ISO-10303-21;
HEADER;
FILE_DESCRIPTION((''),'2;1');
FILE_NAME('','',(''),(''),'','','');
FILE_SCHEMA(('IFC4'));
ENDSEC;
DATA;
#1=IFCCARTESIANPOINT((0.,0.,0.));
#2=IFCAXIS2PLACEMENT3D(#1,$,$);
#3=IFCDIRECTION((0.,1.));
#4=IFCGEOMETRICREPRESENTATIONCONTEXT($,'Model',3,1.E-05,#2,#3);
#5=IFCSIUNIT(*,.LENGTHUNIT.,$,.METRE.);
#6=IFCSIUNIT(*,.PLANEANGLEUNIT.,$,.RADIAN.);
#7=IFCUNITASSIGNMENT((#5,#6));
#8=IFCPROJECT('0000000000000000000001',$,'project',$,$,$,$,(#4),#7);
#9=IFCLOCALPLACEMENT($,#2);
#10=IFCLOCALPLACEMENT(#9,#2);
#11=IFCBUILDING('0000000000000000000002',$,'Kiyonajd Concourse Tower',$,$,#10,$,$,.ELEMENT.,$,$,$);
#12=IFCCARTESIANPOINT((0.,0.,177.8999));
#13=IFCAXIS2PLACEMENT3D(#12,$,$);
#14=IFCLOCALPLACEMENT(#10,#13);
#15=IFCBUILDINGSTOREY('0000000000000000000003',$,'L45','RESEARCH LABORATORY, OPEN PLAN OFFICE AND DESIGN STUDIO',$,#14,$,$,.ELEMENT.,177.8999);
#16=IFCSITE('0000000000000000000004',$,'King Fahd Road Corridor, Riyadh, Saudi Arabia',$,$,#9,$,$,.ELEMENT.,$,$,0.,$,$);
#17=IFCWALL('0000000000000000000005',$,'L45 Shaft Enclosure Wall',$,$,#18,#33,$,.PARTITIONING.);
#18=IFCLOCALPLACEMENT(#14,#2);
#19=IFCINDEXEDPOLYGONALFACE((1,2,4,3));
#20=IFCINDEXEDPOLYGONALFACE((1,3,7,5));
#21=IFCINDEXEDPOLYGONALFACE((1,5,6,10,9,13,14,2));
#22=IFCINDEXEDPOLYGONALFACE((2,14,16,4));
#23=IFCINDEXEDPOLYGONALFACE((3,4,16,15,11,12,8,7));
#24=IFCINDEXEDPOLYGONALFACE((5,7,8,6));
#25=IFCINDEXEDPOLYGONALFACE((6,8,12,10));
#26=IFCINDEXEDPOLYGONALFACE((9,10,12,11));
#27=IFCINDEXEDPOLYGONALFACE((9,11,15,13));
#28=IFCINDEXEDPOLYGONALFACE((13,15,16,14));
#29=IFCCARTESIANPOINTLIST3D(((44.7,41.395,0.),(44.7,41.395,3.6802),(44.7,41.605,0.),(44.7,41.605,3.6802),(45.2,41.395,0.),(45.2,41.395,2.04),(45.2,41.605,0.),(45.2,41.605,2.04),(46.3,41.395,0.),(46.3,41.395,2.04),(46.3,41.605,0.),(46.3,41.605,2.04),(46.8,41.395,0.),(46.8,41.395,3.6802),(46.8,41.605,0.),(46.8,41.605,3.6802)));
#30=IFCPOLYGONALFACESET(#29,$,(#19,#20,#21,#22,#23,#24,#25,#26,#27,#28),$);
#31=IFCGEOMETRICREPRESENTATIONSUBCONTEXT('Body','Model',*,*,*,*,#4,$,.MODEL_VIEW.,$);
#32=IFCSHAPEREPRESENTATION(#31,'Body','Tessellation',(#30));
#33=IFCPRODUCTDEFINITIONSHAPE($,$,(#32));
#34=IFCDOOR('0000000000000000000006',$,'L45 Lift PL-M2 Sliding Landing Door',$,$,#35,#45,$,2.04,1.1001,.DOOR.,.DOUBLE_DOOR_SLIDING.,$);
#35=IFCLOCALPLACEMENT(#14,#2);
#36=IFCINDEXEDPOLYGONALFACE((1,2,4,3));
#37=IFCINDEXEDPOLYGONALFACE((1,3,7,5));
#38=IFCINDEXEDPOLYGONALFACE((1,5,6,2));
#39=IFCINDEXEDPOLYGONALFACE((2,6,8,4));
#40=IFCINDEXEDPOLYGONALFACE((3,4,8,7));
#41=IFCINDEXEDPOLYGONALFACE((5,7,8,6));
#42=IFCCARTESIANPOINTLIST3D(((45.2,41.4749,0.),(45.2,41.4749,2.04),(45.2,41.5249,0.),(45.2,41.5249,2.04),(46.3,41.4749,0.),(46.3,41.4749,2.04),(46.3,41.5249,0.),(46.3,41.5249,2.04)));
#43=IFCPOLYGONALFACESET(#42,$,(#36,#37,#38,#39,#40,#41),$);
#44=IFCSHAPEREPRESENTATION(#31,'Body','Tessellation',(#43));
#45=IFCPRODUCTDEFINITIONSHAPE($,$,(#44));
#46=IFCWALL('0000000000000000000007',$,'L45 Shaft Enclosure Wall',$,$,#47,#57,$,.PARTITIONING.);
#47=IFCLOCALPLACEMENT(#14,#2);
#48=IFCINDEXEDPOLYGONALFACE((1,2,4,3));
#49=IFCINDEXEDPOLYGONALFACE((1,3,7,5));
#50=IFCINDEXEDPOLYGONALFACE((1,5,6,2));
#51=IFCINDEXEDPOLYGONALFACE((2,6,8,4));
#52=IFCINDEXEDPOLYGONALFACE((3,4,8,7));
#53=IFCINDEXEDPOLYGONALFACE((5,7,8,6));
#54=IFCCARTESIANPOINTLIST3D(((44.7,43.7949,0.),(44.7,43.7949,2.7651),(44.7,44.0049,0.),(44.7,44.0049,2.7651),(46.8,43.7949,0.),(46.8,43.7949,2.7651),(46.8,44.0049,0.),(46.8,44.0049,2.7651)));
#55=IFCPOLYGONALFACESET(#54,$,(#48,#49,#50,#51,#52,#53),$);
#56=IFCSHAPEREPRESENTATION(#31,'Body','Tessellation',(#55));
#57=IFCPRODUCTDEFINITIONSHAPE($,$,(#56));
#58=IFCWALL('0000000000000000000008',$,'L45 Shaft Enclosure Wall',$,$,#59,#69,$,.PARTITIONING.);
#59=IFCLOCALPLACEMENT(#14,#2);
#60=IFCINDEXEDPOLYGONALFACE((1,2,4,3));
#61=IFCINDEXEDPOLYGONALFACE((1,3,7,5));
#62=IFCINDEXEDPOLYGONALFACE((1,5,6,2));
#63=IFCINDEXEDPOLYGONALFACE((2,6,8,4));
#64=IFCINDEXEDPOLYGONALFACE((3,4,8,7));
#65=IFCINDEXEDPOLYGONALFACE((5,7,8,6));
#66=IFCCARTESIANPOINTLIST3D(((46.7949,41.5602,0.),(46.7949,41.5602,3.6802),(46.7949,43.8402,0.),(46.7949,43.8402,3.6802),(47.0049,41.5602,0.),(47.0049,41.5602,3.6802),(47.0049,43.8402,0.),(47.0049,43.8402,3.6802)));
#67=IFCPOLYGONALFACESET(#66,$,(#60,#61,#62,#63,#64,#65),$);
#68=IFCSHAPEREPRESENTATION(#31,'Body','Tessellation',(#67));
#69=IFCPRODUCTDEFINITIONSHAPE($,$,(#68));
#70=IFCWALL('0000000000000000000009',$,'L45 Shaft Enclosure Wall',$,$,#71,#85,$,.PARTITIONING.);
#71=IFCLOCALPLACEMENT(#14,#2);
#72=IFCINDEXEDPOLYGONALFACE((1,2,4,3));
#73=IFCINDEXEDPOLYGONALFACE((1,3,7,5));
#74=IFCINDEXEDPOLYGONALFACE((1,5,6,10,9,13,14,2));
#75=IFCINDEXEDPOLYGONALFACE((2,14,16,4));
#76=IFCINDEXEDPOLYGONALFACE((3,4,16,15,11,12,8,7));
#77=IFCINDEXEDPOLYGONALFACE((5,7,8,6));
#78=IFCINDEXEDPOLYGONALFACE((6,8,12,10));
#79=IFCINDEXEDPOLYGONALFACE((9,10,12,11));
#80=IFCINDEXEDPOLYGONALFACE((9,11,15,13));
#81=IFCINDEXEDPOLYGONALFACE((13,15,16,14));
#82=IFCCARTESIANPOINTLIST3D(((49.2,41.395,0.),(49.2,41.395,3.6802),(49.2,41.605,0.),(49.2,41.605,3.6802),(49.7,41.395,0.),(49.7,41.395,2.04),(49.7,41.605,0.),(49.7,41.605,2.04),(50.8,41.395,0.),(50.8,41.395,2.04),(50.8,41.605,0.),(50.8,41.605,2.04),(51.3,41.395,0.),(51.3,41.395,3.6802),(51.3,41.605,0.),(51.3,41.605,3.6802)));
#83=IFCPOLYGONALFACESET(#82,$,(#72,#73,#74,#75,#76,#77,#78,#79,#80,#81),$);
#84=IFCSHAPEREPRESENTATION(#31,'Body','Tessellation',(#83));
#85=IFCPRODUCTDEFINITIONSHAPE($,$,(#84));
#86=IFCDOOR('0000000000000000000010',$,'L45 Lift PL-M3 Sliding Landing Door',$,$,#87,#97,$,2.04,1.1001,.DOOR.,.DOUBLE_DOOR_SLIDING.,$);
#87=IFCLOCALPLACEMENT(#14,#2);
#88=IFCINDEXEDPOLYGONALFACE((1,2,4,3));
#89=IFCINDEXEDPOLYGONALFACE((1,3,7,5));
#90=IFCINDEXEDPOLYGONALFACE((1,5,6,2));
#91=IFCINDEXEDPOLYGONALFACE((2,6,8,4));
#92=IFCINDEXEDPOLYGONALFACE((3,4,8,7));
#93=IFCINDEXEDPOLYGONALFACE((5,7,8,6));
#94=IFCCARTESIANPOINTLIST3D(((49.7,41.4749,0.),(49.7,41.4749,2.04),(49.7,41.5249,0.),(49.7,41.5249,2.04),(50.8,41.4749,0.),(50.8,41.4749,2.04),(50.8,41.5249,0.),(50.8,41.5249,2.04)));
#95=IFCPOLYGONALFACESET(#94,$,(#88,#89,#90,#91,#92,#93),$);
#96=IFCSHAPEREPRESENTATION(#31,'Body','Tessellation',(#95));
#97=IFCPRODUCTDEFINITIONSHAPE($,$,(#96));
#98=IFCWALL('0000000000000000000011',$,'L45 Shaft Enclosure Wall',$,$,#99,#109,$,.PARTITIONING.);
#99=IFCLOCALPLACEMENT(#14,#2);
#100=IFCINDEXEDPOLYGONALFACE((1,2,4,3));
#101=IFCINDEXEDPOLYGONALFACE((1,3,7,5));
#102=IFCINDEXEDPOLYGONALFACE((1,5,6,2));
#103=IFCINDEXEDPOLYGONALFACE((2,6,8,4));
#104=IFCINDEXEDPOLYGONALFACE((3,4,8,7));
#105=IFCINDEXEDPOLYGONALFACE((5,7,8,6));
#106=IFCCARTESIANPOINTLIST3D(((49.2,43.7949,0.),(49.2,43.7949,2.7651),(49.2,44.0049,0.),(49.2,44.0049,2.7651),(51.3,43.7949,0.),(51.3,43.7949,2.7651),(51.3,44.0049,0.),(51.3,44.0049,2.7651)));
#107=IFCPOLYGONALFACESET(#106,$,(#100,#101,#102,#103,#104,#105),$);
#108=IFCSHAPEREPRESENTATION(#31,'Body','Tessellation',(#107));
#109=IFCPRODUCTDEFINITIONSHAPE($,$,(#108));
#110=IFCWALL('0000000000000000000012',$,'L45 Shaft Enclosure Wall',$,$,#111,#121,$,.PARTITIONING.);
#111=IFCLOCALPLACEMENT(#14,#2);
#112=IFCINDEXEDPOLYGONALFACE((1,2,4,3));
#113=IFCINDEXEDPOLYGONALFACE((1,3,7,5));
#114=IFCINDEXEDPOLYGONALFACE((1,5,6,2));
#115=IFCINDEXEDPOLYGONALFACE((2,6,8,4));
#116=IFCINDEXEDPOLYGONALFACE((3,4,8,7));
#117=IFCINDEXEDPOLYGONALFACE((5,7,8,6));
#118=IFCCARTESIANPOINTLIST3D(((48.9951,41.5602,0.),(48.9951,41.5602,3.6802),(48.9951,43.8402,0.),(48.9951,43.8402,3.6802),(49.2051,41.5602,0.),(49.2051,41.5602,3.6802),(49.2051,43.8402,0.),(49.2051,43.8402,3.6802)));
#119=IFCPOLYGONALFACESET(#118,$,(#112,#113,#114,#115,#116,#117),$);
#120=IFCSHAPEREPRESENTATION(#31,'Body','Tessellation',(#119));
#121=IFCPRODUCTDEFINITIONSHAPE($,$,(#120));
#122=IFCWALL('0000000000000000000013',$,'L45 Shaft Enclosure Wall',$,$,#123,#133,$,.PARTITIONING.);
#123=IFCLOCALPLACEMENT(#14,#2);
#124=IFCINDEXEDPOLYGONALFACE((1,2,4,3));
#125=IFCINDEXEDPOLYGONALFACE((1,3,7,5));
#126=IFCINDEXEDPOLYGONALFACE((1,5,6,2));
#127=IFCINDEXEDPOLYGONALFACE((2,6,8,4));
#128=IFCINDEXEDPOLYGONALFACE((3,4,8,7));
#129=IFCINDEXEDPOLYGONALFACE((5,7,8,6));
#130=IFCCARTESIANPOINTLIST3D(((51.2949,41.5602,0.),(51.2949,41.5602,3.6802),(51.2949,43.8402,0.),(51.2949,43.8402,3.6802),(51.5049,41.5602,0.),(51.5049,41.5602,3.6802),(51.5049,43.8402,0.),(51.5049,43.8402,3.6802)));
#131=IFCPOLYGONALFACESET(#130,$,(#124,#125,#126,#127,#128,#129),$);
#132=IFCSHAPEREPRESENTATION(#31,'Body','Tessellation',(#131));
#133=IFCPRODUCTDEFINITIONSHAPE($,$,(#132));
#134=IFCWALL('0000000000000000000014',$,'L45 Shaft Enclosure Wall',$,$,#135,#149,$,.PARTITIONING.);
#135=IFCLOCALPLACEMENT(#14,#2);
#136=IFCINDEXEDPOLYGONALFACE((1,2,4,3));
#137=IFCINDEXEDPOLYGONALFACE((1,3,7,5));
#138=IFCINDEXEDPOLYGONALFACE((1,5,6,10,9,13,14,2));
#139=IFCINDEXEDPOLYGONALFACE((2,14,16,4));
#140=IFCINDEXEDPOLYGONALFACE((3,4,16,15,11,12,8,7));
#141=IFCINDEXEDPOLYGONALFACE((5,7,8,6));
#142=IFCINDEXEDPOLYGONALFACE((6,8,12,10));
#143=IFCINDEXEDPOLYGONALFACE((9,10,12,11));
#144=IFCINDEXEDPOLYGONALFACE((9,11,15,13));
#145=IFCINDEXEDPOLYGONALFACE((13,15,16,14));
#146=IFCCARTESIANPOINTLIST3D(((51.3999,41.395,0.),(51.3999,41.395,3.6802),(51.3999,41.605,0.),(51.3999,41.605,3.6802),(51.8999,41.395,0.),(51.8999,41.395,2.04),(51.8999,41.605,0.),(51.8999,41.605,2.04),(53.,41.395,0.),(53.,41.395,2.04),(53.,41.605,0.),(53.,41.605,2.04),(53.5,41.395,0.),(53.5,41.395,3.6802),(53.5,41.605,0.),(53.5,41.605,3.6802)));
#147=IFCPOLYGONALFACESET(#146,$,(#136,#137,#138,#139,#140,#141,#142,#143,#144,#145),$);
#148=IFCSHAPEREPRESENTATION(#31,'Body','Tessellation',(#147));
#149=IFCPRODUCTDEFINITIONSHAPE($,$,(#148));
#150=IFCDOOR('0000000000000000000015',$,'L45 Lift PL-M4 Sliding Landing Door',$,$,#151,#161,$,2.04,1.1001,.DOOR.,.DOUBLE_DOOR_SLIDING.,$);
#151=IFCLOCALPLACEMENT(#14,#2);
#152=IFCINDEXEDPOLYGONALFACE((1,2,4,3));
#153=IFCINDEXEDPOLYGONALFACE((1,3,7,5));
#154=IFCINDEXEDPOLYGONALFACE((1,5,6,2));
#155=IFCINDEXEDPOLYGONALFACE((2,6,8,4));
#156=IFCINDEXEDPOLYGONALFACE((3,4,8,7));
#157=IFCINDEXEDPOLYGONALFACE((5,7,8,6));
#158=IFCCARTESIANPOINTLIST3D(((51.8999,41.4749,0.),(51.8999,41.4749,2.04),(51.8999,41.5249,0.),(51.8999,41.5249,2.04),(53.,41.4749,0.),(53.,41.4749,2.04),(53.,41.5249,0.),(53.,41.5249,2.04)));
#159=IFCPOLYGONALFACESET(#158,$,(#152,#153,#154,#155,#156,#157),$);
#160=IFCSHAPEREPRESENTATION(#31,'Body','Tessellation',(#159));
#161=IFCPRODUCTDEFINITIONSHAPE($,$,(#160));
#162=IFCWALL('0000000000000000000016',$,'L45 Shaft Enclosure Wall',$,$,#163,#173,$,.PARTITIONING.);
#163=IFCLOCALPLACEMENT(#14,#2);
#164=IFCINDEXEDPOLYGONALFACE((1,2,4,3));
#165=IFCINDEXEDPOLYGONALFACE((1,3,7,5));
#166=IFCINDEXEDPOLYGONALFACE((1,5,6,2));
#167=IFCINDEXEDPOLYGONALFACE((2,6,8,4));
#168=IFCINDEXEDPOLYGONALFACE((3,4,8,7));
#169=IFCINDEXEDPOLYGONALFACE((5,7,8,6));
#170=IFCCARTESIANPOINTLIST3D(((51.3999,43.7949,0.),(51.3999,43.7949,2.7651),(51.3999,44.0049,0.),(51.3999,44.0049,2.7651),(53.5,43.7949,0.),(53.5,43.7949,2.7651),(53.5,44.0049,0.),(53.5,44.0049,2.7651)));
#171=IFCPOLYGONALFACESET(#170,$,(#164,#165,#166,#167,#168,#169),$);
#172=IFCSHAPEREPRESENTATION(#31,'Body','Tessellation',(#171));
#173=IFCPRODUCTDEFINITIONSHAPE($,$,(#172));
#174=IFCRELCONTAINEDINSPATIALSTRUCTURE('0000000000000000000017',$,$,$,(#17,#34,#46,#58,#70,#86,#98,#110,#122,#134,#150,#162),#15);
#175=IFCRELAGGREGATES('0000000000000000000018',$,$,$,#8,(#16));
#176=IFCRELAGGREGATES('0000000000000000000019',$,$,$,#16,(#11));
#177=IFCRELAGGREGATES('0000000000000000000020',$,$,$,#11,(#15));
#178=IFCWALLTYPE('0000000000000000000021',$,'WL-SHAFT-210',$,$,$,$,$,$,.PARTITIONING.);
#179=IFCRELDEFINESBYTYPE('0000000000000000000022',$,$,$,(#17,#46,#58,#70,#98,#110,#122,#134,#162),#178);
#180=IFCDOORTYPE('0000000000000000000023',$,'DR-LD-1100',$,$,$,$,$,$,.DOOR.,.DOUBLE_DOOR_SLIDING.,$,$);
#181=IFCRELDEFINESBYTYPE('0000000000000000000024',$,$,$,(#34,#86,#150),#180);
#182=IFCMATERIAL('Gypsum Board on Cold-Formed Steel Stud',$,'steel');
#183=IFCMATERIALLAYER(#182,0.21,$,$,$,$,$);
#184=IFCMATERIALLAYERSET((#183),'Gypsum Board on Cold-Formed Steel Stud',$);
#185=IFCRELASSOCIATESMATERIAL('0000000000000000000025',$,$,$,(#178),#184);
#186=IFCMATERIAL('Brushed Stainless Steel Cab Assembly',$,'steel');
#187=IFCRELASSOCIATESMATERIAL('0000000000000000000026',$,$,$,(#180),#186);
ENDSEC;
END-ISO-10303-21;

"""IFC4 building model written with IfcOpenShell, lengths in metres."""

from ifc_helpers import new_model, si_unit, direction, frame, frame_2d, origin, place, context, subcontext, project, spatial, rectangle, extrude, material, layer, layer_set, type_object, element, fill, save


model = new_model("IFC4")

# Units and contexts
model_context = context("Model", 3, precision=1e-05, world=origin(), true_north=direction((0.0, 1.0)))
body_context = subcontext(model_context, "Body", "Model", "MODEL_VIEW")
ifc_project = project(units=[si_unit("LENGTHUNIT", "METRE"), si_unit("PLANEANGLEUNIT", "RADIAN")], contexts=[model_context])

# Site, building, storey
site_placement = place(None, origin())
site = spatial("IfcSite", under=ifc_project, at=site_placement, Name="King Fahd Road Corridor, Riyadh, Saudi Arabia", CompositionType="ELEMENT", RefElevation=0.0)
building_placement = place(site_placement, origin())
building = spatial("IfcBuilding", under=site, at=building_placement, Name="Kiyonajd Concourse Tower", CompositionType="ELEMENT")
storey_placement = place(building_placement, frame((0.0, 0.0, 177.8999)))
storey = spatial("IfcBuildingStorey", under=building, at=storey_placement, Name="L45", Description="RESEARCH LABORATORY, OPEN PLAN OFFICE AND DESIGN STUDIO", CompositionType="ELEMENT", Elevation=177.8999)

# Shared definitions
ifc_material_1 = material(Name="Gypsum Board on Cold-Formed Steel Stud", Category="steel")
ifc_layer_1 = layer(ifc_material_1, 0.21)
ifc_layer_set_1 = layer_set([ifc_layer_1], Name="Gypsum Board on Cold-Formed Steel Stud")
wall_type_1 = type_object("IfcWallType", Name="WL-SHAFT-210", PredefinedType="PARTITIONING", material=ifc_layer_set_1)

# Wall, opening, door
wall_1_placement = place(storey_placement, frame((44.7, 41.5, 0.0), z_axis=(0.0, 0.0, 1.0), x_axis=(1.0, 0.0, 0.0)))
wall_1 = element("IfcWall", 1, at=wall_1_placement, inside=storey, type_object=wall_type_1, Name="L45 Shaft Enclosure Wall", PredefinedType="PARTITIONING", context=body_context, shape_type="SweptSolid", body=[
    extrude(rectangle(XDim=2.1001, YDim=0.21, at=frame_2d((1.05, 0.0))), origin(), (0.0, 0.0, 1.0), 3.6802),
])
opening_1_placement = place(wall_1_placement, frame((0.5, 0.0, 0.0)))
opening_1 = element("IfcOpeningElement", 2, at=opening_1_placement, cuts=wall_1, PredefinedType="OPENING", context=body_context, shape_type="SweptSolid", body=[
    extrude(rectangle(XDim=1.1001, YDim=2.04, at=frame_2d((0.55, 1.02))), frame((0.0, 0.115, 0.0), z_axis=(0.0, -1.0, 0.0), x_axis=(1.0, 0.0, 0.0)), (0.0, 0.0, 1.0), 0.23),
])
ifc_material_2 = material(Name="Brushed Stainless Steel Cab Assembly", Category="steel")
door_type_1 = type_object("IfcDoorType", Name="DR-LD-1100", OperationType="DOUBLE_DOOR_SLIDING", PredefinedType="DOOR", material=ifc_material_2)
door_1_placement = place(opening_1_placement, origin())
door_1 = element("IfcDoor", 3, at=door_1_placement, inside=storey, type_object=door_type_1, Name="L45 Lift PL-M2 Sliding Landing Door", OperationType="DOUBLE_DOOR_SLIDING", OverallHeight=2.04, OverallWidth=1.1001, PredefinedType="DOOR", context=body_context, shape_type="SweptSolid", body=[
    extrude(rectangle(XDim=1.1001, YDim=2.04, at=frame_2d((0.55, 1.02))), frame((0.0, 0.0249, 0.0), z_axis=(0.0, -1.0, 0.0), x_axis=(1.0, 0.0, 0.0)), (0.0, 0.0, 1.0), 0.05),
])
fill(opening_1, door_1)

# Walls
wall_2_placement = place(storey_placement, frame((44.7, 43.8999, 0.0), z_axis=(0.0, 0.0, 1.0), x_axis=(1.0, 0.0, 0.0)))
element("IfcWall", 4, at=wall_2_placement, inside=storey, type_object=wall_type_1, Name="L45 Shaft Enclosure Wall", PredefinedType="PARTITIONING", context=body_context, shape_type="SweptSolid", body=[
    extrude(rectangle(XDim=2.1001, YDim=0.21, at=frame_2d((1.05, 0.0))), origin(), (0.0, 0.0, 1.0), 2.7651),
])
wall_3_placement = place(storey_placement, frame((46.8999, 41.5601, 0.0), z_axis=(0.0, 0.0, 1.0), x_axis=(0.0, 1.0, 0.0)))
element("IfcWall", 5, at=wall_3_placement, inside=storey, type_object=wall_type_1, Name="L45 Shaft Enclosure Wall", PredefinedType="PARTITIONING", context=body_context, shape_type="SweptSolid", body=[
    extrude(rectangle(XDim=2.28, YDim=0.21, at=frame_2d((1.1401, 0.0))), origin(), (0.0, 0.0, 1.0), 3.6802),
])

# Wall, opening, door
wall_4_placement = place(storey_placement, frame((49.2, 41.5, 0.0), z_axis=(0.0, 0.0, 1.0), x_axis=(1.0, 0.0, 0.0)))
wall_4 = element("IfcWall", 6, at=wall_4_placement, inside=storey, type_object=wall_type_1, Name="L45 Shaft Enclosure Wall", PredefinedType="PARTITIONING", context=body_context, shape_type="SweptSolid", body=[
    extrude(rectangle(XDim=2.1001, YDim=0.21, at=frame_2d((1.05, 0.0))), origin(), (0.0, 0.0, 1.0), 3.6802),
])
opening_2_placement = place(wall_4_placement, frame((0.5, 0.0, 0.0)))
opening_2 = element("IfcOpeningElement", 7, at=opening_2_placement, cuts=wall_4, PredefinedType="OPENING", context=body_context, shape_type="SweptSolid", body=[
    extrude(rectangle(XDim=1.1001, YDim=2.04, at=frame_2d((0.55, 1.02))), frame((0.0, 0.115, 0.0), z_axis=(0.0, -1.0, 0.0), x_axis=(1.0, 0.0, 0.0)), (0.0, 0.0, 1.0), 0.23),
])
door_2_placement = place(opening_2_placement, origin())
door_2 = element("IfcDoor", 8, at=door_2_placement, inside=storey, type_object=door_type_1, Name="L45 Lift PL-M3 Sliding Landing Door", OperationType="DOUBLE_DOOR_SLIDING", OverallHeight=2.04, OverallWidth=1.1001, PredefinedType="DOOR", context=body_context, shape_type="SweptSolid", body=[
    extrude(rectangle(XDim=1.1001, YDim=2.04, at=frame_2d((0.55, 1.02))), frame((0.0, 0.0249, 0.0), z_axis=(0.0, -1.0, 0.0), x_axis=(1.0, 0.0, 0.0)), (0.0, 0.0, 1.0), 0.05),
])
fill(opening_2, door_2)

# Walls
wall_5_placement = place(storey_placement, frame((49.2, 43.8999, 0.0), z_axis=(0.0, 0.0, 1.0), x_axis=(1.0, 0.0, 0.0)))
element("IfcWall", 9, at=wall_5_placement, inside=storey, type_object=wall_type_1, Name="L45 Shaft Enclosure Wall", PredefinedType="PARTITIONING", context=body_context, shape_type="SweptSolid", body=[
    extrude(rectangle(XDim=2.1001, YDim=0.21, at=frame_2d((1.05, 0.0))), origin(), (0.0, 0.0, 1.0), 2.7651),
])
for number, where, z_axis, x_axis, name in (
    (10, (49.1001, 41.5601, 0.0), (0.0, 0.0, 1.0), (0.0, 1.0, 0.0), "L45 Shaft Enclosure Wall"),
    (11, (51.3999, 41.5601, 0.0), (0.0, 0.0, 1.0), (0.0, 1.0, 0.0), "L45 Shaft Enclosure Wall"),
):
    element("IfcWall", number, at=place(storey_placement, frame(where, z_axis=z_axis, x_axis=x_axis)), inside=storey, type_object=wall_type_1, Name=name, PredefinedType="PARTITIONING", context=body_context, shape_type="SweptSolid", body=[
        extrude(rectangle(XDim=2.28, YDim=0.21, at=frame_2d((1.1401, 0.0))), origin(), (0.0, 0.0, 1.0), 3.6802),
    ])

# Wall, opening, door
wall_6_placement = place(storey_placement, frame((51.3999, 41.5, 0.0), z_axis=(0.0, 0.0, 1.0), x_axis=(1.0, 0.0, 0.0)))
wall_6 = element("IfcWall", 12, at=wall_6_placement, inside=storey, type_object=wall_type_1, Name="L45 Shaft Enclosure Wall", PredefinedType="PARTITIONING", context=body_context, shape_type="SweptSolid", body=[
    extrude(rectangle(XDim=2.1001, YDim=0.21, at=frame_2d((1.05, 0.0))), origin(), (0.0, 0.0, 1.0), 3.6802),
])
opening_3_placement = place(wall_6_placement, frame((0.5, 0.0, 0.0)))
opening_3 = element("IfcOpeningElement", 13, at=opening_3_placement, cuts=wall_6, PredefinedType="OPENING", context=body_context, shape_type="SweptSolid", body=[
    extrude(rectangle(XDim=1.1001, YDim=2.04, at=frame_2d((0.55, 1.02))), frame((0.0, 0.115, 0.0), z_axis=(0.0, -1.0, 0.0), x_axis=(1.0, 0.0, 0.0)), (0.0, 0.0, 1.0), 0.23),
])
door_3_placement = place(opening_3_placement, origin())
door_3 = element("IfcDoor", 14, at=door_3_placement, inside=storey, type_object=door_type_1, Name="L45 Lift PL-M4 Sliding Landing Door", OperationType="DOUBLE_DOOR_SLIDING", OverallHeight=2.04, OverallWidth=1.1001, PredefinedType="DOOR", context=body_context, shape_type="SweptSolid", body=[
    extrude(rectangle(XDim=1.1001, YDim=2.04, at=frame_2d((0.55, 1.02))), frame((0.0, 0.0249, 0.0), z_axis=(0.0, -1.0, 0.0), x_axis=(1.0, 0.0, 0.0)), (0.0, 0.0, 1.0), 0.05),
])
fill(opening_3, door_3)

# Wall
wall_7_placement = place(storey_placement, frame((51.3999, 43.8999, 0.0), z_axis=(0.0, 0.0, 1.0), x_axis=(1.0, 0.0, 0.0)))
element("IfcWall", 15, at=wall_7_placement, inside=storey, type_object=wall_type_1, Name="L45 Shaft Enclosure Wall", PredefinedType="PARTITIONING", context=body_context, shape_type="SweptSolid", body=[
    extrude(rectangle(XDim=2.1001, YDim=0.21, at=frame_2d((1.05, 0.0))), origin(), (0.0, 0.0, 1.0), 2.7651),
])

save(model, "model.ifc")
